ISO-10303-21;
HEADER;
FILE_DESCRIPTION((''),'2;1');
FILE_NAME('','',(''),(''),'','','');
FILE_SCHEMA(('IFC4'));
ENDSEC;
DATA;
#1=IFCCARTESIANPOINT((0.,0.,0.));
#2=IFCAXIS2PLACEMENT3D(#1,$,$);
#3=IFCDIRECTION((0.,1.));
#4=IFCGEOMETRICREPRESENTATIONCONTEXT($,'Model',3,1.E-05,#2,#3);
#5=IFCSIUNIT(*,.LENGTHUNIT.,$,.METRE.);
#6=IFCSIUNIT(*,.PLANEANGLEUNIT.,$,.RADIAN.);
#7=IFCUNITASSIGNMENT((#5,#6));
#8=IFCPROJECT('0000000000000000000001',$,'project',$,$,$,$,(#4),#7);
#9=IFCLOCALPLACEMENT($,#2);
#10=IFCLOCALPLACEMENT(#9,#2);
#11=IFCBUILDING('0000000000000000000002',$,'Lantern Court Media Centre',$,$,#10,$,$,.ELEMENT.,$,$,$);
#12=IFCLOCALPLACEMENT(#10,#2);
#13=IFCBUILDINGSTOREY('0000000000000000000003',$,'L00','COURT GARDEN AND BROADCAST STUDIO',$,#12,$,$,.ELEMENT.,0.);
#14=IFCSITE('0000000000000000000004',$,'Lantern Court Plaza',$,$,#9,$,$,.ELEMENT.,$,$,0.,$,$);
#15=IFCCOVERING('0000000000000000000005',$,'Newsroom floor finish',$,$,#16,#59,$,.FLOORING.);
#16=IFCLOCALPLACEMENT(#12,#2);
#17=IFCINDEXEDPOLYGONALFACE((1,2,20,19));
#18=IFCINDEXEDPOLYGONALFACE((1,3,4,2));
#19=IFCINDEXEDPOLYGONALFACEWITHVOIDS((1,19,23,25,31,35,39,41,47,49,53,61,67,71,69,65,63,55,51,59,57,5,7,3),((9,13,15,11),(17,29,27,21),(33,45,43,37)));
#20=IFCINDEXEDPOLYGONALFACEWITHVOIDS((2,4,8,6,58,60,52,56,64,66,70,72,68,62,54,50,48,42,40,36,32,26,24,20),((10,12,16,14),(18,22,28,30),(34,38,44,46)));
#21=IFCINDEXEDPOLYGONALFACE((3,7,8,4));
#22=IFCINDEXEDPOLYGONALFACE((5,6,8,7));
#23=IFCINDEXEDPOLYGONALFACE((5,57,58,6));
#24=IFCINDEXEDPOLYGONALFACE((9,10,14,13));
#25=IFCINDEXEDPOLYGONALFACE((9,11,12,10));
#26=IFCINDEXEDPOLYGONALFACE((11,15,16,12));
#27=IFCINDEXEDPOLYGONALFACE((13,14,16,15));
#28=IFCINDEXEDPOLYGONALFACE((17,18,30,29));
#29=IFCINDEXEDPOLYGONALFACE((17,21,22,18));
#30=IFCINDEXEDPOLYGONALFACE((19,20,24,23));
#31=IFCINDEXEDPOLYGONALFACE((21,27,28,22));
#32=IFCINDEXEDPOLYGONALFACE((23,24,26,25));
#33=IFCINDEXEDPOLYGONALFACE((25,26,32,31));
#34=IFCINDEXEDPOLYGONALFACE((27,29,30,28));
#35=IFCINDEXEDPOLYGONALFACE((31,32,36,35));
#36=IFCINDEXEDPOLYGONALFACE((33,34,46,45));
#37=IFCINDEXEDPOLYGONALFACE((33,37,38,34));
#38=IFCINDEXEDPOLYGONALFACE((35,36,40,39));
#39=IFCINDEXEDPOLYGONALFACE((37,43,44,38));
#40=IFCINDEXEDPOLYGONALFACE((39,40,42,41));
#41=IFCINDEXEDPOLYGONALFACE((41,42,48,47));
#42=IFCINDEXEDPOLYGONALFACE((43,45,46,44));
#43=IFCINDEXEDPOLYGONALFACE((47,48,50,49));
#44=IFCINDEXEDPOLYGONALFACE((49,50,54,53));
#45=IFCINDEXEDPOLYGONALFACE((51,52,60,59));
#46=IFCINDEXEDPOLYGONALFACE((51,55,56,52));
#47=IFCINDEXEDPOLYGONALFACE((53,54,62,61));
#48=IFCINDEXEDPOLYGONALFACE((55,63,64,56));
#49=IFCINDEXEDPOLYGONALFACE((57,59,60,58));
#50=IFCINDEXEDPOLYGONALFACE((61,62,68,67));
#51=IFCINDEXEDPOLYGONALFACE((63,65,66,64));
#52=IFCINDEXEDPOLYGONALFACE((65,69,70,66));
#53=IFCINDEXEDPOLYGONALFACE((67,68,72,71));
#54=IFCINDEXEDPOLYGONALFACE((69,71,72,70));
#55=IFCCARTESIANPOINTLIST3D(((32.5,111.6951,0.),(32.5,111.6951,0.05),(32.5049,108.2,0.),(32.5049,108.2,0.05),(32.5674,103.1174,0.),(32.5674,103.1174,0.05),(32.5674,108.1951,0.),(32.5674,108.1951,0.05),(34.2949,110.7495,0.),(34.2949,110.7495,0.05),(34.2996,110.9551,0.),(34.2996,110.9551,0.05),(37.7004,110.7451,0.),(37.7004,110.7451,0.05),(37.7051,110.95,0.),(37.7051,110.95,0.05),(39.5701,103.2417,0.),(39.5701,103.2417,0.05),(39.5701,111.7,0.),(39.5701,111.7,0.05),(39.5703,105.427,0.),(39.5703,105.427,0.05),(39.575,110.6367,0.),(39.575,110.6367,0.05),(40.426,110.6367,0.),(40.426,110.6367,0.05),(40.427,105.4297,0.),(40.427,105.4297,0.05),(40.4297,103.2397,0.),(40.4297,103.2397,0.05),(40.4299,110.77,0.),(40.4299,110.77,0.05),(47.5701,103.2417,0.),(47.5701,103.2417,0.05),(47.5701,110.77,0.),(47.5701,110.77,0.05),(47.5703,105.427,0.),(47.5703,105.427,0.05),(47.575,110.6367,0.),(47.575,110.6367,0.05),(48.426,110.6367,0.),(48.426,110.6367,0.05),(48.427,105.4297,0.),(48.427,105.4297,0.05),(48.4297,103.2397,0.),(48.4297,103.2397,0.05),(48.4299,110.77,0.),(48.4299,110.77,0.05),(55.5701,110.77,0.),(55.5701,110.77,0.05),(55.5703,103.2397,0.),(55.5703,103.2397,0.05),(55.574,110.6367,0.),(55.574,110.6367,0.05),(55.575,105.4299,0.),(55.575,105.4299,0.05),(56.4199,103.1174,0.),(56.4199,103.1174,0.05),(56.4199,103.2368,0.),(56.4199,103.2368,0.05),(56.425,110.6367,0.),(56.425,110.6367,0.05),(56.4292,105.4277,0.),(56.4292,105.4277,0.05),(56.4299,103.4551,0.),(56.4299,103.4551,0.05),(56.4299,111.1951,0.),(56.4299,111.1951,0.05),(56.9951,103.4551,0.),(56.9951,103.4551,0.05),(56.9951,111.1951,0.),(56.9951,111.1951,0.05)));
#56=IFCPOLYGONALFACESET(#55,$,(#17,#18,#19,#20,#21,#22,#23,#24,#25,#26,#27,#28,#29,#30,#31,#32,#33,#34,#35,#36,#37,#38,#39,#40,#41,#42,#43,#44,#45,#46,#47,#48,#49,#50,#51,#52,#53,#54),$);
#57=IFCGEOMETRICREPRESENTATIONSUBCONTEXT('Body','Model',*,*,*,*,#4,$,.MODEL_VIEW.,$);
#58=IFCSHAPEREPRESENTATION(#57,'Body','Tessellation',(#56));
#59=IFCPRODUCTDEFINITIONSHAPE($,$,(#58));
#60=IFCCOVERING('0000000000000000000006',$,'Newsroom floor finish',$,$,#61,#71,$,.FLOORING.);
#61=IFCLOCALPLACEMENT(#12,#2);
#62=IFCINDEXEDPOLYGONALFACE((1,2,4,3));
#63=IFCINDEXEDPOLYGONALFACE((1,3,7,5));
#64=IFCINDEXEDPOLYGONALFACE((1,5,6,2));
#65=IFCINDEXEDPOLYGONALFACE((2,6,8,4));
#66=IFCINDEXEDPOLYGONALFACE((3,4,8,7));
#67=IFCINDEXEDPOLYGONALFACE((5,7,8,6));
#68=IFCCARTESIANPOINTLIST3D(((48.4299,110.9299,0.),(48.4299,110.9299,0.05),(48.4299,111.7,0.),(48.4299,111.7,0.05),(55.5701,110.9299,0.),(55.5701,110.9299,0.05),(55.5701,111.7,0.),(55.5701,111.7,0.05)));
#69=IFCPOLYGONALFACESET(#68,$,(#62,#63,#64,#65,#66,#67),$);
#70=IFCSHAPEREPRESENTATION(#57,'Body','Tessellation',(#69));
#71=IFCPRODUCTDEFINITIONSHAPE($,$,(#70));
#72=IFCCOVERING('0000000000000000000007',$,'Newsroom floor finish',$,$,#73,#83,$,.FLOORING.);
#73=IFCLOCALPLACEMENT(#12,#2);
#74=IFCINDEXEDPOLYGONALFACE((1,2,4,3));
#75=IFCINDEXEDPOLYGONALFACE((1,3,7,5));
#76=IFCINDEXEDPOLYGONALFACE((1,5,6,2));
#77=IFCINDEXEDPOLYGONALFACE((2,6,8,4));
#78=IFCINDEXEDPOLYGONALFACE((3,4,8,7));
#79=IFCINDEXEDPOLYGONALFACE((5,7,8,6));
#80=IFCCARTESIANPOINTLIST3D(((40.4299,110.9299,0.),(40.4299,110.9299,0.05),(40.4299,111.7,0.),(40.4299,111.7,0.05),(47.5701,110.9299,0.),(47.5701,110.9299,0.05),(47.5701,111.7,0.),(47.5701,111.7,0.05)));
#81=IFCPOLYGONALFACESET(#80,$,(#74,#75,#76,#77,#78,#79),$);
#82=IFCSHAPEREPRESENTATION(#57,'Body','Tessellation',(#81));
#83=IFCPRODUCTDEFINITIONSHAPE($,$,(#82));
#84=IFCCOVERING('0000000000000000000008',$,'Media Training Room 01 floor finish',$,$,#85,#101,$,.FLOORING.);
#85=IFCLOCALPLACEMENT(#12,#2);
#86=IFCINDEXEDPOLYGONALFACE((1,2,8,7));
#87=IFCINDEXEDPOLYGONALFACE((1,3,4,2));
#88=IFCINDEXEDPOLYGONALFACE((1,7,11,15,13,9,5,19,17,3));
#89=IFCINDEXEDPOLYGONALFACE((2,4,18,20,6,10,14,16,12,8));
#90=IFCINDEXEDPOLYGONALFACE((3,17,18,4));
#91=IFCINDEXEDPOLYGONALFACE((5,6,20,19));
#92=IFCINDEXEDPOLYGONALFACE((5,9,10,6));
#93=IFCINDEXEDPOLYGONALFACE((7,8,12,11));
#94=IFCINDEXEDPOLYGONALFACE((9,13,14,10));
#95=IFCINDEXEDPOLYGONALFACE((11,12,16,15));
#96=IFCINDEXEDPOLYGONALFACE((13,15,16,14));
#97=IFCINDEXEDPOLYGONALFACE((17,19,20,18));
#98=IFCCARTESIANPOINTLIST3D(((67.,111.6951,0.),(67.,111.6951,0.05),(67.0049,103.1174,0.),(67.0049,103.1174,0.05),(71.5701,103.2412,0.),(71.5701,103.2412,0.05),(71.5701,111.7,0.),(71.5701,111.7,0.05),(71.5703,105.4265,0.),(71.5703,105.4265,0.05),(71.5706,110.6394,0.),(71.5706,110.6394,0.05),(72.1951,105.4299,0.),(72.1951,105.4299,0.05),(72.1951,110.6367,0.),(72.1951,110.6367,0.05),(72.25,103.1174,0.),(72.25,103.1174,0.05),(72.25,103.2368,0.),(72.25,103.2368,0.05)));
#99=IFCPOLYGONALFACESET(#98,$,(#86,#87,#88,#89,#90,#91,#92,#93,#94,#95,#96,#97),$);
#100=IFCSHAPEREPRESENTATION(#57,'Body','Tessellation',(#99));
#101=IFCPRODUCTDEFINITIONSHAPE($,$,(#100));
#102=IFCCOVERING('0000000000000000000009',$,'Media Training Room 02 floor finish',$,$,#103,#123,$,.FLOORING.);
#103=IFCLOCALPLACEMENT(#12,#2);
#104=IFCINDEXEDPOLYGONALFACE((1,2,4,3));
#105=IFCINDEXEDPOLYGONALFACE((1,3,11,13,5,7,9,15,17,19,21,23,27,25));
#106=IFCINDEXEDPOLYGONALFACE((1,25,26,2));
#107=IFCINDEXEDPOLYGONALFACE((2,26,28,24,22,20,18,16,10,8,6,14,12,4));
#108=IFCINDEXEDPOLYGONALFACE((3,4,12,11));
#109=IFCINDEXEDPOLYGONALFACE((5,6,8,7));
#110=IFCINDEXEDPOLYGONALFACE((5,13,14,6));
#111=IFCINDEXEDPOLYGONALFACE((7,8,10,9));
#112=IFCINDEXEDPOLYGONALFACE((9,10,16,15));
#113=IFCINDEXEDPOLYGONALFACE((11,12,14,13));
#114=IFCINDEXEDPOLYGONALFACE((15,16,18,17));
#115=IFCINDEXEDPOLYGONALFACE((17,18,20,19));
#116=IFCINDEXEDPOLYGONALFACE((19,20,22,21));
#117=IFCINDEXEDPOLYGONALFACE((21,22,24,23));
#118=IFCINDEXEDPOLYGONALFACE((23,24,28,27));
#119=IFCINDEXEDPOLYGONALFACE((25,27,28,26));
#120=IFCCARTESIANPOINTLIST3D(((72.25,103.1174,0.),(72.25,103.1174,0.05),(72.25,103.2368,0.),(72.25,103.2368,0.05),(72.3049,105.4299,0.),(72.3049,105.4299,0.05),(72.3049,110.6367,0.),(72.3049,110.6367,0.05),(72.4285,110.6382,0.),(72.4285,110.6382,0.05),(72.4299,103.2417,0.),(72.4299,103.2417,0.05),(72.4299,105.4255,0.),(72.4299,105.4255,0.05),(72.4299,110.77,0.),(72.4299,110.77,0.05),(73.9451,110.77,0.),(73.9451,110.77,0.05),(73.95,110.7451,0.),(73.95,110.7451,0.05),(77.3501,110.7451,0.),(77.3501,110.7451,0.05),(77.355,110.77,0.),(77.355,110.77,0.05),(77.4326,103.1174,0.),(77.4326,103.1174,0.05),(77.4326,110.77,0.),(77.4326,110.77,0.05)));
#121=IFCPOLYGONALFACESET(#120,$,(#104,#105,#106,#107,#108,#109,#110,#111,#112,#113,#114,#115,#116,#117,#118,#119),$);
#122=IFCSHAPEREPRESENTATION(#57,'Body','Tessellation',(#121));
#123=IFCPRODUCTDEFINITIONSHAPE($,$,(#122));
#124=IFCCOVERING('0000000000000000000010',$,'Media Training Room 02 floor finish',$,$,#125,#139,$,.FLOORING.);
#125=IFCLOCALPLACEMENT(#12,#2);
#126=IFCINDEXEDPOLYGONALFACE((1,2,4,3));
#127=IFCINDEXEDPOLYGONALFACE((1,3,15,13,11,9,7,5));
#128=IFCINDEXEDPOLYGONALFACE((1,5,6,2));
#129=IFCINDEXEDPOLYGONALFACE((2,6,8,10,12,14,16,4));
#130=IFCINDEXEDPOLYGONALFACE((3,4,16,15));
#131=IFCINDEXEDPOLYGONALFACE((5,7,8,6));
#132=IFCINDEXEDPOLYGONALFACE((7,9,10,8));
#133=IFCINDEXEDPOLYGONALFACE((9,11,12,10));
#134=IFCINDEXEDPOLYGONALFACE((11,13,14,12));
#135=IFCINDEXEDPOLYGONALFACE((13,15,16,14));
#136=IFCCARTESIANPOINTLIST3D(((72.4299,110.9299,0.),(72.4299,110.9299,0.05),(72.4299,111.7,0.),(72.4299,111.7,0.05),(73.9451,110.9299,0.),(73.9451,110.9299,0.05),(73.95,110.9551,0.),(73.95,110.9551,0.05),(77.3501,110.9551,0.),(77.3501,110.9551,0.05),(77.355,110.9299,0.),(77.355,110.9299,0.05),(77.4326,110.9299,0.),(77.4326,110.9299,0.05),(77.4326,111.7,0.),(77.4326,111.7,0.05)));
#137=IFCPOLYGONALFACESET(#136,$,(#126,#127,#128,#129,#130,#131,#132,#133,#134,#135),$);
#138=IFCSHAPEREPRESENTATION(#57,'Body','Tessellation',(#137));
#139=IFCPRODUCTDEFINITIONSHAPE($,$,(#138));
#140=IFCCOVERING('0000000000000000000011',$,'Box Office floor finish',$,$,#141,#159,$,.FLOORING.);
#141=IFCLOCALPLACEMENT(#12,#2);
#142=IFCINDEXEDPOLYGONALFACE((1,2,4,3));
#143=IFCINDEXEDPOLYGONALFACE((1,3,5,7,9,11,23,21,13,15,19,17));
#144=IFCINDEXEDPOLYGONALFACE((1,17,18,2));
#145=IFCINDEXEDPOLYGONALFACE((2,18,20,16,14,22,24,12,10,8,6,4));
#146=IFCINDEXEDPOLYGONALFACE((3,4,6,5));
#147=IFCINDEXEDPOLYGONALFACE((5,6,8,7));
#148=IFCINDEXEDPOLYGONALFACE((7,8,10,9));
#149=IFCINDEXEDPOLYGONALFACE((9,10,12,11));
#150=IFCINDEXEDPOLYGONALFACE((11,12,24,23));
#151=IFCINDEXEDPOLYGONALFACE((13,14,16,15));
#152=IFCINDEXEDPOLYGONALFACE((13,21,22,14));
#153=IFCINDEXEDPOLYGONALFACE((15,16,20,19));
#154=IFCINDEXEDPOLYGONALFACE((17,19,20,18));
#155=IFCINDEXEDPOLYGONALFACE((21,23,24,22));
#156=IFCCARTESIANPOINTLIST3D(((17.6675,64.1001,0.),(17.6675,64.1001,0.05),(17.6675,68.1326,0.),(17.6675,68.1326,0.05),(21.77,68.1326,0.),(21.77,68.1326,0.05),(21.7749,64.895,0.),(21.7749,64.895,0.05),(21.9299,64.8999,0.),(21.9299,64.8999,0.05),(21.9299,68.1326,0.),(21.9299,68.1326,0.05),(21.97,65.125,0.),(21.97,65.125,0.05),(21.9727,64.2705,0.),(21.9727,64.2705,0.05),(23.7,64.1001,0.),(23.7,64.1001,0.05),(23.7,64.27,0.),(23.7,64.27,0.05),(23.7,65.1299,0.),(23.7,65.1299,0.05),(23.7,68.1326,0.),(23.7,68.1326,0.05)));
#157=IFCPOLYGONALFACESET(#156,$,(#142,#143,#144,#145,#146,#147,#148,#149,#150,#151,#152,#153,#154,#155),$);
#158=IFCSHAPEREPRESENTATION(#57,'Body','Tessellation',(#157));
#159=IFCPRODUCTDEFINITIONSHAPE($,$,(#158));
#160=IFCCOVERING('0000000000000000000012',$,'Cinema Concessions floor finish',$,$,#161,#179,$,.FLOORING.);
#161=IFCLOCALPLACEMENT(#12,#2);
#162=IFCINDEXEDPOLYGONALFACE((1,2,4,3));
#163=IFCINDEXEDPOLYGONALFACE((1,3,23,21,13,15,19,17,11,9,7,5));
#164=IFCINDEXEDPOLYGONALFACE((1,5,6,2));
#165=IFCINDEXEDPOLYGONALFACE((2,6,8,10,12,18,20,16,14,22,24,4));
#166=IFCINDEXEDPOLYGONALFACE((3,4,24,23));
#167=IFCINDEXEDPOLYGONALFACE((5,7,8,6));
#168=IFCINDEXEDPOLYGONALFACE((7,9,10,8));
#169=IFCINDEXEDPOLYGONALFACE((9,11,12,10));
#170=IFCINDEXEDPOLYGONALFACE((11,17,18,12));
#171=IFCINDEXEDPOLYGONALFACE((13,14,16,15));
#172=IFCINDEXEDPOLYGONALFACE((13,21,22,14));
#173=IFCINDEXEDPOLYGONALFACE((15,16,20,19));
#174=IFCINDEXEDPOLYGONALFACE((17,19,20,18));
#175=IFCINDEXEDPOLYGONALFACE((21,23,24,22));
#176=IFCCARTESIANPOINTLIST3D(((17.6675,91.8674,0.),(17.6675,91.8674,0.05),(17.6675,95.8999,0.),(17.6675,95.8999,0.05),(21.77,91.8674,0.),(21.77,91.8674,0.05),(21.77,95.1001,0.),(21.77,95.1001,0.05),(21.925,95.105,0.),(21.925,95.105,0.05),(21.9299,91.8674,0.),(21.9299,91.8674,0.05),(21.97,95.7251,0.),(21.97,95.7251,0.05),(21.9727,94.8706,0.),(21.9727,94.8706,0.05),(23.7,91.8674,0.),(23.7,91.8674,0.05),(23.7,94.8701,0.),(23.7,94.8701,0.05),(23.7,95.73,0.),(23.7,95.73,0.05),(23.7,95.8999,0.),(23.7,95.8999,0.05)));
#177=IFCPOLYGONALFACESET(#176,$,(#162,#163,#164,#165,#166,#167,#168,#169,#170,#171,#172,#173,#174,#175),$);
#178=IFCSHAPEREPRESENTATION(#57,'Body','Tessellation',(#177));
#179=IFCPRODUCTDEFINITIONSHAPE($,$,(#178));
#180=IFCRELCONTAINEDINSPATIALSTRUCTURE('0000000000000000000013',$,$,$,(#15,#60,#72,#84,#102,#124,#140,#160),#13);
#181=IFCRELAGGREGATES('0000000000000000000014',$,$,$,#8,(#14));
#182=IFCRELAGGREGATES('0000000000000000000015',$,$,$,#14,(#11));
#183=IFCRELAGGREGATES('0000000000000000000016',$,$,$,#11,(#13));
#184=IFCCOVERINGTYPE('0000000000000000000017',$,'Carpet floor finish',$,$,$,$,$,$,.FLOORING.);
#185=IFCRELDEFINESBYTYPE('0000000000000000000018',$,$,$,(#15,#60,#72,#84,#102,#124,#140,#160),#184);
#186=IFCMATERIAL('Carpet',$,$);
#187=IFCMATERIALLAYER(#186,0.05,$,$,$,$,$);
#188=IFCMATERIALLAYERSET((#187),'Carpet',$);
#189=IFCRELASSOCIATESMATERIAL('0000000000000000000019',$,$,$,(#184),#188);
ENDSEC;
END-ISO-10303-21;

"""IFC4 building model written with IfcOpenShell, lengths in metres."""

from ifc_helpers import new_model, si_unit, direction, origin, place, context, subcontext, project, spatial, polyline, outline, extrude, material, layer, layer_set, type_object, element, save


model = new_model("IFC4")

# Units and contexts
model_context = context("Model", 3, precision=1e-05, world=origin(), true_north=direction((0.0, 1.0)))
body_context = subcontext(model_context, "Body", "Model", "MODEL_VIEW")
ifc_project = project(units=[si_unit("LENGTHUNIT", "METRE"), si_unit("PLANEANGLEUNIT", "RADIAN")], contexts=[model_context])

# Site, building, storey
site_placement = place(None, origin())
site = spatial("IfcSite", under=ifc_project, at=site_placement, Name="Lantern Court Plaza", CompositionType="ELEMENT", RefElevation=0.0)
building_placement = place(site_placement, origin())
building = spatial("IfcBuilding", under=site, at=building_placement, Name="Lantern Court Media Centre", CompositionType="ELEMENT")
storey_placement = place(building_placement, origin())
storey = spatial("IfcBuildingStorey", under=building, at=storey_placement, Name="L00", Description="COURT GARDEN AND BROADCAST STUDIO", CompositionType="ELEMENT", Elevation=0.0)

# Coverings
ifc_material_1 = material(Name="Carpet")
ifc_layer_1 = layer(ifc_material_1, 0.05)
ifc_layer_set_1 = layer_set([ifc_layer_1], Name="Carpet")
covering_type_1 = type_object("IfcCoveringType", Name="Carpet floor finish", PredefinedType="FLOORING", material=ifc_layer_set_1)
covering_1_placement = place(storey_placement, origin())
element("IfcCovering", 1, at=covering_1_placement, inside=storey, type_object=covering_type_1, Name="Newsroom floor finish", PredefinedType="FLOORING", context=body_context, shape_type="SweptSolid", body=[
    extrude(outline(polyline([(39.5701, 111.7), (39.575, 110.6367), (40.426, 110.6367), (40.4299, 110.77), (47.5701, 110.77), (47.575, 110.6367), (48.426, 110.6367), (48.4299, 110.77), (55.5701, 110.77), (55.574, 110.6367), (56.425, 110.6367), (56.4299, 111.1951), (56.9951, 111.1951), (56.9951, 103.4551), (56.4299, 103.4551), (56.4292, 105.4277), (55.575, 105.4299), (55.5703, 103.2397), (56.4199, 103.2368), (56.4199, 103.1174), (32.5674, 103.1174), (32.5674, 108.1951), (32.5049, 108.2), (32.5, 111.6951), (39.5701, 111.7)]), holes=[polyline([(47.5701, 103.2417), (48.4297, 103.2397), (48.427, 105.4297), (47.5703, 105.427), (47.5701, 103.2417)]), polyline([(39.5701, 103.2417), (40.4297, 103.2397), (40.427, 105.4297), (39.5703, 105.427), (39.5701, 103.2417)]), polyline([(37.7051, 110.95), (34.2996, 110.9551), (34.2949, 110.7495), (37.7004, 110.7451), (37.7051, 110.95)])]), origin(), (0.0, 0.0, 1.0), 0.05),
])
covering_2_placement = place(storey_placement, origin())
element("IfcCovering", 2, at=covering_2_placement, inside=storey, type_object=covering_type_1, Name="Newsroom floor finish", PredefinedType="FLOORING", context=body_context, shape_type="SweptSolid", body=[
    extrude(outline(polyline([(55.5701, 111.7), (55.5701, 110.9299), (48.4299, 110.9299), (48.4299, 111.7), (55.5701, 111.7)])), origin(), (0.0, 0.0, 1.0), 0.05),
])
covering_3_placement = place(storey_placement, origin())
element("IfcCovering", 3, at=covering_3_placement, inside=storey, type_object=covering_type_1, Name="Newsroom floor finish", PredefinedType="FLOORING", context=body_context, shape_type="SweptSolid", body=[
    extrude(outline(polyline([(47.5701, 111.7), (47.5701, 110.9299), (40.4299, 110.9299), (40.4299, 111.7), (47.5701, 111.7)])), origin(), (0.0, 0.0, 1.0), 0.05),
])
covering_4_placement = place(storey_placement, origin())
element("IfcCovering", 4, at=covering_4_placement, inside=storey, type_object=covering_type_1, Name="Media Training Room 01 floor finish", PredefinedType="FLOORING", context=body_context, shape_type="SweptSolid", body=[
    extrude(outline(polyline([(72.25, 103.1174), (67.0049, 103.1174), (67.0, 111.6951), (71.5701, 111.7), (71.5706, 110.6394), (72.1951, 110.6367), (72.1951, 105.4299), (71.5703, 105.4265), (71.5701, 103.2412), (72.25, 103.2368), (72.25, 103.1174)])), origin(), (0.0, 0.0, 1.0), 0.05),
])
covering_5_placement = place(storey_placement, origin())
element("IfcCovering", 5, at=covering_5_placement, inside=storey, type_object=covering_type_1, Name="Media Training Room 02 floor finish", PredefinedType="FLOORING", context=body_context, shape_type="SweptSolid", body=[
    extrude(outline(polyline([(72.25, 103.2368), (72.4299, 103.2417), (72.4299, 105.4255), (72.3049, 105.4299), (72.3049, 110.6367), (72.4285, 110.6382), (72.4299, 110.77), (73.9451, 110.77), (73.95, 110.7451), (77.3501, 110.7451), (77.355, 110.77), (77.4326, 110.77), (77.4326, 103.1174), (72.25, 103.1174), (72.25, 103.2368)])), origin(), (0.0, 0.0, 1.0), 0.05),
])
covering_6_placement = place(storey_placement, origin())
element("IfcCovering", 6, at=covering_6_placement, inside=storey, type_object=covering_type_1, Name="Media Training Room 02 floor finish", PredefinedType="FLOORING", context=body_context, shape_type="SweptSolid", body=[
    extrude(outline(polyline([(77.4326, 111.7), (77.4326, 110.9299), (77.355, 110.9299), (77.3501, 110.9551), (73.95, 110.9551), (73.9451, 110.9299), (72.4299, 110.9299), (72.4299, 111.7), (77.4326, 111.7)])), origin(), (0.0, 0.0, 1.0), 0.05),
])
covering_7_placement = place(storey_placement, origin())
element("IfcCovering", 7, at=covering_7_placement, inside=storey, type_object=covering_type_1, Name="Box Office floor finish", PredefinedType="FLOORING", context=body_context, shape_type="SweptSolid", body=[
    extrude(outline(polyline([(23.7, 64.1001), (17.6675, 64.1001), (17.6675, 68.1326), (21.77, 68.1326), (21.7749, 64.895), (21.9299, 64.8999), (21.9299, 68.1326), (23.7, 68.1326), (23.7, 65.1299), (21.97, 65.125), (21.9727, 64.2705), (23.7, 64.27), (23.7, 64.1001)])), origin(), (0.0, 0.0, 1.0), 0.05),
])
covering_8_placement = place(storey_placement, origin())
element("IfcCovering", 8, at=covering_8_placement, inside=storey, type_object=covering_type_1, Name="Cinema Concessions floor finish", PredefinedType="FLOORING", context=body_context, shape_type="SweptSolid", body=[
    extrude(outline(polyline([(23.7, 91.8674), (21.9299, 91.8674), (21.925, 95.105), (21.77, 95.1001), (21.77, 91.8674), (17.6675, 91.8674), (17.6675, 95.8999), (23.7, 95.8999), (23.7, 95.73), (21.97, 95.7251), (21.9727, 94.8706), (23.7, 94.8701), (23.7, 91.8674)])), origin(), (0.0, 0.0, 1.0), 0.05),
])

save(model, "model.ifc")
